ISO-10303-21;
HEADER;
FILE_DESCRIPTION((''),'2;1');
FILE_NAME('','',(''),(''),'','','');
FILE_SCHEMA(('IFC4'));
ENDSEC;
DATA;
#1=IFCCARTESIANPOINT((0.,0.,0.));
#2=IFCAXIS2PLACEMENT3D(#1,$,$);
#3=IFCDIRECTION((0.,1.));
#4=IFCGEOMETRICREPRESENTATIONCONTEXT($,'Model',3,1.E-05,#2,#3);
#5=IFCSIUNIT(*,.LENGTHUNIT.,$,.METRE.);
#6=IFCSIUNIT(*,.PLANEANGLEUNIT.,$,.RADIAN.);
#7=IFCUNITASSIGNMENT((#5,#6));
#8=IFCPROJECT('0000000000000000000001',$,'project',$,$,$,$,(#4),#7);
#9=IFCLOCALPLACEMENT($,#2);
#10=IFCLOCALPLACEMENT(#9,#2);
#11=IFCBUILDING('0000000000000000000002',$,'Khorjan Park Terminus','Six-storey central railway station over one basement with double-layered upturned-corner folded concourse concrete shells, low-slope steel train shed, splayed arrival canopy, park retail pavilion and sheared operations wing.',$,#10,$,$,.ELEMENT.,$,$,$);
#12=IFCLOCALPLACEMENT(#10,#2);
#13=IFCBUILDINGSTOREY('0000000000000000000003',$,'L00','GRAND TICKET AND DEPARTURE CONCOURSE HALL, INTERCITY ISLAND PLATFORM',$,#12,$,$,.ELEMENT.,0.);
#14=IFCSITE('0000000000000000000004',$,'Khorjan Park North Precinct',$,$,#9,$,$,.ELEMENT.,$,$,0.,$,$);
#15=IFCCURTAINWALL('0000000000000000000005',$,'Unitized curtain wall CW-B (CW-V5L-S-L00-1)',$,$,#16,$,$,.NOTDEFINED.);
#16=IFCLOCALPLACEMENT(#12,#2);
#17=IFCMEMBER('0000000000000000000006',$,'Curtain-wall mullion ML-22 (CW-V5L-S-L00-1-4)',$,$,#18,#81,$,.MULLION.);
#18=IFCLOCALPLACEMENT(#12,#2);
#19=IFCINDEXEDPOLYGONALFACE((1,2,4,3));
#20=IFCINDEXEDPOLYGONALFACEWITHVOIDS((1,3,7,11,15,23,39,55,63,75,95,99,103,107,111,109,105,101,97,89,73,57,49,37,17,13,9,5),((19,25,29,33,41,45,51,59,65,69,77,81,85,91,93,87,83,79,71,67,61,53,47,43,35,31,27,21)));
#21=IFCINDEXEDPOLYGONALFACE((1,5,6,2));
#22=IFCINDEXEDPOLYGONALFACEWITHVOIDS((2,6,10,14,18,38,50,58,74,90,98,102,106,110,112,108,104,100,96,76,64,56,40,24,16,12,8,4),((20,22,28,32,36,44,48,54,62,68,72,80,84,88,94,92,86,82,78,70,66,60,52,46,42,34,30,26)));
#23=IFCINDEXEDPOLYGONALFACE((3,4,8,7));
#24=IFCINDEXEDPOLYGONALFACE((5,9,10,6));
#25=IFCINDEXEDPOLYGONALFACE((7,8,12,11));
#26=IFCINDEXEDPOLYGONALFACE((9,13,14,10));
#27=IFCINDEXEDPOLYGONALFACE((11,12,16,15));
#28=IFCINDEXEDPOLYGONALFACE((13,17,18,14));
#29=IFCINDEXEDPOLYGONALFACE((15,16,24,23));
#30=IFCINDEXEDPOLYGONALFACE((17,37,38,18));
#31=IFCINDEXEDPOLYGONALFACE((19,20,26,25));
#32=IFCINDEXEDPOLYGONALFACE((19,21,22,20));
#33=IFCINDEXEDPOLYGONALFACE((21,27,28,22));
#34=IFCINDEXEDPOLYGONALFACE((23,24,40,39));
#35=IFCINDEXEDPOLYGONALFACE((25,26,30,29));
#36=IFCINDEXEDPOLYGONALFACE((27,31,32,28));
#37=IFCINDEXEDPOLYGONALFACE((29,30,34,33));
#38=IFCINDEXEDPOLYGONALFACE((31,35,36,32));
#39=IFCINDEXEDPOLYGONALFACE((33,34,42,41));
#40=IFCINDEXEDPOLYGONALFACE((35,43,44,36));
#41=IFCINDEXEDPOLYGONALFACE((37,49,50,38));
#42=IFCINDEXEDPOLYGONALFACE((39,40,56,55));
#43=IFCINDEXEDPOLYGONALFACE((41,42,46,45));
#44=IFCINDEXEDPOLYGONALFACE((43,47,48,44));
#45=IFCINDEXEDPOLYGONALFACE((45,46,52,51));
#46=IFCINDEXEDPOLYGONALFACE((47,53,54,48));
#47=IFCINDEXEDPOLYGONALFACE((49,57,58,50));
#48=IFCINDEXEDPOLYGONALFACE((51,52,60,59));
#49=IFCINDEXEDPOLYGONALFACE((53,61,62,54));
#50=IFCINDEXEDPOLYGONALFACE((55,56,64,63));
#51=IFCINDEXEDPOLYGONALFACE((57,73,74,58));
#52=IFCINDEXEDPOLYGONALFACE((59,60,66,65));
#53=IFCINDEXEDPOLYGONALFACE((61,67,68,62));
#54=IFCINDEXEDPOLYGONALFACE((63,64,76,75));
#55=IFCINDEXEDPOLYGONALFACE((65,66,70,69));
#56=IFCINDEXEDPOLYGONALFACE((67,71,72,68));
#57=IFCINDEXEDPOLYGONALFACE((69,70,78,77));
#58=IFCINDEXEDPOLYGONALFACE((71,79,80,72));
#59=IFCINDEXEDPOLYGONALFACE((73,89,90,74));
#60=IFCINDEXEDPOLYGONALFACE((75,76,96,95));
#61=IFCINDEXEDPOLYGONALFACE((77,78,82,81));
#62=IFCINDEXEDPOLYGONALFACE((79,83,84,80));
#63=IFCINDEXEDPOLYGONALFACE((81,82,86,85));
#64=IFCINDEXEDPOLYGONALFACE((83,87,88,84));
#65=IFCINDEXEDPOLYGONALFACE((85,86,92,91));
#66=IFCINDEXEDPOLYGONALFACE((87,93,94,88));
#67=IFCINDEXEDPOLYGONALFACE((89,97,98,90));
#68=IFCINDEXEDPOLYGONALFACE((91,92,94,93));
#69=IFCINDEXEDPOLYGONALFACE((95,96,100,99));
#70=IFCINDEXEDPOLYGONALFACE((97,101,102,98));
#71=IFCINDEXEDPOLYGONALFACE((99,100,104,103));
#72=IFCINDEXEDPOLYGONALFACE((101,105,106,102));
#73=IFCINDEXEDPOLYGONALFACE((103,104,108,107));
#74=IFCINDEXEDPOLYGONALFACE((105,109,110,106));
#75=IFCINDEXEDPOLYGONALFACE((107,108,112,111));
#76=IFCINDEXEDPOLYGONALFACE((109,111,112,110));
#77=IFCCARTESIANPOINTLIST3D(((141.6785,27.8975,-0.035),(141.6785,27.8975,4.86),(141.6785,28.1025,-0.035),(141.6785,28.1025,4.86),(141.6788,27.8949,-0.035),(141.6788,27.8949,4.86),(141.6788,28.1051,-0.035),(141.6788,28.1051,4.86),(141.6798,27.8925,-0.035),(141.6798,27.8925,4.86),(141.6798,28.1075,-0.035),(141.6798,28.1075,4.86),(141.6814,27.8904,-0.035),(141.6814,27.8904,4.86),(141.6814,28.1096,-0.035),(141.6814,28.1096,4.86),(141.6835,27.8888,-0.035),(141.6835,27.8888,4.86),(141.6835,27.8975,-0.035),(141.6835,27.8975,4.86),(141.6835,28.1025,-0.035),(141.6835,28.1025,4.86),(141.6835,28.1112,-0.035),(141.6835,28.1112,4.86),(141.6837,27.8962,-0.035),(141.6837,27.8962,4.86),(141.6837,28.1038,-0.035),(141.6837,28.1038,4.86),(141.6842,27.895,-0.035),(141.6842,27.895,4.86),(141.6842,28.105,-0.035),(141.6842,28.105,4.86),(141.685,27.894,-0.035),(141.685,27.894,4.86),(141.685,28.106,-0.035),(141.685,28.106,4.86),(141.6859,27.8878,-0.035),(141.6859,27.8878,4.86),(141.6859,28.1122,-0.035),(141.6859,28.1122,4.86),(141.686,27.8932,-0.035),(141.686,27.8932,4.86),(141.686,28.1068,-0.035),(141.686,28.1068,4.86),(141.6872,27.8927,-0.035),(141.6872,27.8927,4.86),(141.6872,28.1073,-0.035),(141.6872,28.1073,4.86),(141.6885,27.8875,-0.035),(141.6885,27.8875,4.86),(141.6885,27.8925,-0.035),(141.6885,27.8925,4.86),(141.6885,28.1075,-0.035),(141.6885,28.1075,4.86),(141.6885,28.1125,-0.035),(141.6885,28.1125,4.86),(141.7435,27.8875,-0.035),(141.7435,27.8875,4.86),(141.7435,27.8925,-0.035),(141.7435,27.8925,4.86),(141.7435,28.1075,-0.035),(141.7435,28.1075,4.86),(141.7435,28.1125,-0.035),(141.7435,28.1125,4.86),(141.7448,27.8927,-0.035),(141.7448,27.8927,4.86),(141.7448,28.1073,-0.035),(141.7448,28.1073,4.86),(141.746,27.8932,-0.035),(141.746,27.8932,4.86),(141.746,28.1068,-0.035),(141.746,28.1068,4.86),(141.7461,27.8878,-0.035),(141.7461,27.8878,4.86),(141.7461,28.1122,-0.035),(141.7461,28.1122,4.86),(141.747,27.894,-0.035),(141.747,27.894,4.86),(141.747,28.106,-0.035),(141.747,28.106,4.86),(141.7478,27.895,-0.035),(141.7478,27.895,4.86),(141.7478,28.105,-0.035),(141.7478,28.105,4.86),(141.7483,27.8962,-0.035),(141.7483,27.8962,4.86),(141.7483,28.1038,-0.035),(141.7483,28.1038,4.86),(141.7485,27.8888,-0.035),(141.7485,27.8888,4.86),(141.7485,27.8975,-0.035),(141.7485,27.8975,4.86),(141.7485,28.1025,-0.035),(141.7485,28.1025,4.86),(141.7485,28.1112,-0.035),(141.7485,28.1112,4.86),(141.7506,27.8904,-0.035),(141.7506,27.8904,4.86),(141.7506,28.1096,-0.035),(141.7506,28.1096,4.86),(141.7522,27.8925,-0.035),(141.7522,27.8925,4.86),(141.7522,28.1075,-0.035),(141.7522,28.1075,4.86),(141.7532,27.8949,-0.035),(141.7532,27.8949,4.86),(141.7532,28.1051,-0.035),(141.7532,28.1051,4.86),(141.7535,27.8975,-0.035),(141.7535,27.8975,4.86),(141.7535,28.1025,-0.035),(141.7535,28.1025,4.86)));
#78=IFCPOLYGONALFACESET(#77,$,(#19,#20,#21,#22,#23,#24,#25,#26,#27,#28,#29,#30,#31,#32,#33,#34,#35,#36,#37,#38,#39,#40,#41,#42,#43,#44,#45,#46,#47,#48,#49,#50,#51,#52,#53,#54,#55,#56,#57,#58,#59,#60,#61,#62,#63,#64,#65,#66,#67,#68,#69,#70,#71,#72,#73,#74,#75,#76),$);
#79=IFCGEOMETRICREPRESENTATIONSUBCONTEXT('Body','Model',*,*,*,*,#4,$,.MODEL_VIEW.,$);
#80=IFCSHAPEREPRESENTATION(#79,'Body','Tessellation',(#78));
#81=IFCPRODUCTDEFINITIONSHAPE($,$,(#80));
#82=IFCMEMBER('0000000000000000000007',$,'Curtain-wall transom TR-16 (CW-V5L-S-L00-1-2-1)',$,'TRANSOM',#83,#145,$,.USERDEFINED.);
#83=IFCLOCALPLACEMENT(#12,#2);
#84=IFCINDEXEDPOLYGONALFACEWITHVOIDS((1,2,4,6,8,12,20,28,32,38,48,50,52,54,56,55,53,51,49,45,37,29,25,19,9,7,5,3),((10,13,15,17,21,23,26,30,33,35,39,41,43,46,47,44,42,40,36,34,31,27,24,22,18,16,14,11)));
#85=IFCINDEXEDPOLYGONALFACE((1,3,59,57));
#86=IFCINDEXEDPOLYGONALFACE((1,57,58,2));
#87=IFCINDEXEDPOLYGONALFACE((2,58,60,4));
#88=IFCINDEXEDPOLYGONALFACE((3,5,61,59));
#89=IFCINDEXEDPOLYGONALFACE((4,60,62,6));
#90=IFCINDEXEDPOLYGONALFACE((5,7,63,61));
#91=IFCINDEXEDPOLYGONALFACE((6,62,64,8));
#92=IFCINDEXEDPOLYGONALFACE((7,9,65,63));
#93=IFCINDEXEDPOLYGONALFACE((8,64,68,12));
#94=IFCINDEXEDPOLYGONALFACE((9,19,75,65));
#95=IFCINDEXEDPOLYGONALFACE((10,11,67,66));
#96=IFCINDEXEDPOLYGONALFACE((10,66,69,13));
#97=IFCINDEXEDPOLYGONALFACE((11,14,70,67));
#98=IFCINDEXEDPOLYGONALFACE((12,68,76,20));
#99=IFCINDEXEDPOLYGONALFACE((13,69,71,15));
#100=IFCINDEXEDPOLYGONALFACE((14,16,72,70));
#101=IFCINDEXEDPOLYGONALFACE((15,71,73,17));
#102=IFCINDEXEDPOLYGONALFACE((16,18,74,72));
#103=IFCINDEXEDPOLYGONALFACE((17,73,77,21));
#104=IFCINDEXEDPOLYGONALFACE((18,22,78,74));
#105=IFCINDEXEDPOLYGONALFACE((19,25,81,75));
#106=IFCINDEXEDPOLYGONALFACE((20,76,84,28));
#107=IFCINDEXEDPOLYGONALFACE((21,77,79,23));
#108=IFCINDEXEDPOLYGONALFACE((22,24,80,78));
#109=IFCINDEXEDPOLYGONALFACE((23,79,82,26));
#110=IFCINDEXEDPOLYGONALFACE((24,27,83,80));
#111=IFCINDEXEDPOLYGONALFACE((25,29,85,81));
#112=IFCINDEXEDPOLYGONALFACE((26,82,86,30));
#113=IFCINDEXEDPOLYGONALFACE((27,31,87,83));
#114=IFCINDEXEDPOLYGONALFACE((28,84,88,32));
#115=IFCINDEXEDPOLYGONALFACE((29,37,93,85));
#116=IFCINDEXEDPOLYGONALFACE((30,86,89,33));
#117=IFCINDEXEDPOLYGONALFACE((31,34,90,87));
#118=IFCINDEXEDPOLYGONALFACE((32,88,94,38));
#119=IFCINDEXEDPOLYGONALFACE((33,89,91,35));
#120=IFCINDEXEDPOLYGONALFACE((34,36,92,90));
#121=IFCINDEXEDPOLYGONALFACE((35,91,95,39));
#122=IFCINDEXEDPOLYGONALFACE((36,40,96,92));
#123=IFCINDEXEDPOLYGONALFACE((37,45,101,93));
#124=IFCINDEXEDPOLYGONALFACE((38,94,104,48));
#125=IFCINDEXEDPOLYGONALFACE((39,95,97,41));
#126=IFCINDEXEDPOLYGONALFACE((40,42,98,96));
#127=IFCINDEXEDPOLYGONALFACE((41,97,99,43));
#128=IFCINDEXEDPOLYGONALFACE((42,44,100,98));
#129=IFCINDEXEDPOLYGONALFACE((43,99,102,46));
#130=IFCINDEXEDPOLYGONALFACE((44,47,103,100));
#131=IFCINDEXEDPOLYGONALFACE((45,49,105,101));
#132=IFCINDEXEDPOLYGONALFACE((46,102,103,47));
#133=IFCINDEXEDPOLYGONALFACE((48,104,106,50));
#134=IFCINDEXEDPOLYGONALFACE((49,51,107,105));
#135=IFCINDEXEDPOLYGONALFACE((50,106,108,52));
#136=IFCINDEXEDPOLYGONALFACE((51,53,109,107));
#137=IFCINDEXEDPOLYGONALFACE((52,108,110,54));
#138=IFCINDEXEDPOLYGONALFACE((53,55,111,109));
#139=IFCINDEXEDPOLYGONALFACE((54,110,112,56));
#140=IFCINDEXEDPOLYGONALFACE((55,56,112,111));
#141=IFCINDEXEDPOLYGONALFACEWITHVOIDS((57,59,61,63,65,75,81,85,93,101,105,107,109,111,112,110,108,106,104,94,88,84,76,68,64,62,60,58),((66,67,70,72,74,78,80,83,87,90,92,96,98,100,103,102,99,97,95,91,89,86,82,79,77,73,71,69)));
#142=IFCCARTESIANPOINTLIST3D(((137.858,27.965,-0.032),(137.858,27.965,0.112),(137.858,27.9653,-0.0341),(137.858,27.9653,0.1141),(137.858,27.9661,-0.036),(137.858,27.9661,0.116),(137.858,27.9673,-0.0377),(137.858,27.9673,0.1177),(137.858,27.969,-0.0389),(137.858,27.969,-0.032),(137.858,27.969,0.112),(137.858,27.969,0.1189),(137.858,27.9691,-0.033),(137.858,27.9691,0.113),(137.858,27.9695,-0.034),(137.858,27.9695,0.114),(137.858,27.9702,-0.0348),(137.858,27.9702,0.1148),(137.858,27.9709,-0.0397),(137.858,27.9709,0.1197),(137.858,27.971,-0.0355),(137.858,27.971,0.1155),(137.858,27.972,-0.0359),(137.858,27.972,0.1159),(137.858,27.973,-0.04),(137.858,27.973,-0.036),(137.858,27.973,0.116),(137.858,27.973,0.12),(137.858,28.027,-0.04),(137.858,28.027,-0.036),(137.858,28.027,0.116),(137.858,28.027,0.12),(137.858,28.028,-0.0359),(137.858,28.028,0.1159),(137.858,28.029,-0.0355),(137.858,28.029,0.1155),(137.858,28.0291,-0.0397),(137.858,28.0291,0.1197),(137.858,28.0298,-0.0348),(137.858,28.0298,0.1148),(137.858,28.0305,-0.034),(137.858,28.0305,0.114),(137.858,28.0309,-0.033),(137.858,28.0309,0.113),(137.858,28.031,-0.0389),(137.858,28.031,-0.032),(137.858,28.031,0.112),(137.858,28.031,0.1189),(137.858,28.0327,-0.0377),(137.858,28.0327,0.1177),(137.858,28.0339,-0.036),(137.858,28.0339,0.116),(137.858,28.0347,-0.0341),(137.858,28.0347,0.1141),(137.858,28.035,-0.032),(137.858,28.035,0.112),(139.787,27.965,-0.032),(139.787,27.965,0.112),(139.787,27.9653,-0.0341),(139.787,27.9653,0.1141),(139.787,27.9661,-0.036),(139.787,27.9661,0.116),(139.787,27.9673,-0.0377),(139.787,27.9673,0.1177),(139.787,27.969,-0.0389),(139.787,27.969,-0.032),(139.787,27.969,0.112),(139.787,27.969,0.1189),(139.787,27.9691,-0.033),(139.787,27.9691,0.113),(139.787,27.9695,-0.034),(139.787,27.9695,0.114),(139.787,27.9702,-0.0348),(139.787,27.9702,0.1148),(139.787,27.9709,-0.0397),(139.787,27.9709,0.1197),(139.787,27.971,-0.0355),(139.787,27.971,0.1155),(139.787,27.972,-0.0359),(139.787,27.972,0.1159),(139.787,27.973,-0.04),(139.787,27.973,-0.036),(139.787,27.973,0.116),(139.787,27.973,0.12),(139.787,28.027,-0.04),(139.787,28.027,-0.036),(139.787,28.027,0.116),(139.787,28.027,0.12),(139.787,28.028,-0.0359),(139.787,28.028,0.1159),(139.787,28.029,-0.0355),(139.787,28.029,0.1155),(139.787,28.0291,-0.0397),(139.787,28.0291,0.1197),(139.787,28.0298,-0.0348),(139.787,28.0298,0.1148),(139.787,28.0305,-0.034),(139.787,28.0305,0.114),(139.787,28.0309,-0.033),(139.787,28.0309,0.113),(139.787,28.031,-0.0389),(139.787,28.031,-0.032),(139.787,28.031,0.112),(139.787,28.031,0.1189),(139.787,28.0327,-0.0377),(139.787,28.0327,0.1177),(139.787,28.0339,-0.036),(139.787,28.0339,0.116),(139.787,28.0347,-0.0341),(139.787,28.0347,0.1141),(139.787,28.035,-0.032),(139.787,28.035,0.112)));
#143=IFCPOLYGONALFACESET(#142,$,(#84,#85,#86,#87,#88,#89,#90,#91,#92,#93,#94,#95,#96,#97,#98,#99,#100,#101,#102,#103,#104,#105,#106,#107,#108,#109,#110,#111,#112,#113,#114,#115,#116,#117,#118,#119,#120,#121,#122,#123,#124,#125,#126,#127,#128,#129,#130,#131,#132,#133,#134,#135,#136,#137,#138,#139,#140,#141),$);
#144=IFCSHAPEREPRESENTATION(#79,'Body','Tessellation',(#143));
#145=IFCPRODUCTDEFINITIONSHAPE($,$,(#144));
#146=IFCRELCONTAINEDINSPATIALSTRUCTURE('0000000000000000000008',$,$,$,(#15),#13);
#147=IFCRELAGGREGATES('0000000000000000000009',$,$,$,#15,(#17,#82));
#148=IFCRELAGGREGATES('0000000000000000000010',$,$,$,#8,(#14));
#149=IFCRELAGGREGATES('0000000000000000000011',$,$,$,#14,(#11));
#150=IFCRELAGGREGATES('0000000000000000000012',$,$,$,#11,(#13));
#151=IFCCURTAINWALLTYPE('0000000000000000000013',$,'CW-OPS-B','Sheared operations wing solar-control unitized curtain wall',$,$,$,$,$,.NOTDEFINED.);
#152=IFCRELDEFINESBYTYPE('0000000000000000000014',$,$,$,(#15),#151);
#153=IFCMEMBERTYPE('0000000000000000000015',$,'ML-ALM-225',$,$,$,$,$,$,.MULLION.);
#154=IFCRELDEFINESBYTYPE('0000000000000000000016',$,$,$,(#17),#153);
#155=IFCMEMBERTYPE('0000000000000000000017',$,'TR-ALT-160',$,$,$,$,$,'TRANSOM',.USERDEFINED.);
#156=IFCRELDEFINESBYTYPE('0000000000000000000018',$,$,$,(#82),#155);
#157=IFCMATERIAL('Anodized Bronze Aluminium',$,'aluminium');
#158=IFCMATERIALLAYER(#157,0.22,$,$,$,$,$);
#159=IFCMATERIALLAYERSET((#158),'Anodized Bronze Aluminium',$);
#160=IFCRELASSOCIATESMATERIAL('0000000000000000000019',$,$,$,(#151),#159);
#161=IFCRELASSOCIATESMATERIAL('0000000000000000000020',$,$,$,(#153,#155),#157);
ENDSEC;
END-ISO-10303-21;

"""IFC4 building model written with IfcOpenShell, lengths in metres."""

from ifc_helpers import new_model, si_unit, direction, frame, origin, origin_2d, place, context, subcontext, project, spatial, hollow_rectangle, extrude, material, layer, layer_set, material_profile, profile_set, type_object, element, aggregate, save


model = new_model("IFC4")

# Units and contexts
model_context = context("Model", 3, precision=1e-05, world=origin(), true_north=direction((0.0, 1.0)))
body_context = subcontext(model_context, "Body", "Model", "MODEL_VIEW")
ifc_project = project(units=[si_unit("LENGTHUNIT", "METRE"), si_unit("PLANEANGLEUNIT", "RADIAN")], contexts=[model_context])

# Site, building, storey
site_placement = place(None, origin())
site = spatial("IfcSite", under=ifc_project, at=site_placement, Name="Khorjan Park North Precinct", CompositionType="ELEMENT", RefElevation=0.0)
building_placement = place(site_placement, origin())
building = spatial("IfcBuilding", under=site, at=building_placement, Name="Khorjan Park Terminus", Description="Six-storey central railway station over one basement with double-layered upturned-corner folded concourse concrete shells, low-slope steel train shed, splayed arrival canopy, park retail pavilion and sheared operations wing.", CompositionType="ELEMENT")
storey_placement = place(building_placement, origin())
storey = spatial("IfcBuildingStorey", under=building, at=storey_placement, Name="L00", Description="GRAND TICKET AND DEPARTURE CONCOURSE HALL, INTERCITY ISLAND PLATFORM", CompositionType="ELEMENT", Elevation=0.0)

# Curtain wall, members
ifc_material_1 = material(Name="Anodized Bronze Aluminium", Category="aluminium")
ifc_layer_1 = layer(ifc_material_1, 0.22)
ifc_layer_set_1 = layer_set([ifc_layer_1], Name="Anodized Bronze Aluminium")
curtain_wall_type = type_object("IfcCurtainWallType", Name="CW-OPS-B", Description="Sheared operations wing solar-control unitized curtain wall", PredefinedType="NOTDEFINED", material=ifc_layer_set_1)
curtain_wall_placement = place(storey_placement, origin())
curtain_wall = element("IfcCurtainWall", 1, at=curtain_wall_placement, inside=storey, type_object=curtain_wall_type, Name="Unitized curtain wall CW-B (CW-V5L-S-L00-1)", PredefinedType="NOTDEFINED")
ifc_material_profile_1 = material_profile(ifc_material_1, hollow_rectangle(XDim=0.075, YDim=0.225, WallThickness=0.005, InnerFilletRadius=0.005, OuterFilletRadius=0.01, at=origin_2d()), Name="ALM 75x225x5")
ifc_profile_set_1 = profile_set([ifc_material_profile_1], Name="Anodized Bronze Aluminium")
member_type_1 = type_object("IfcMemberType", Name="ML-ALM-225", PredefinedType="MULLION", material=ifc_profile_set_1)
member_1_placement = place(storey_placement, frame((141.716, 28.0, -0.035), z_axis=(0.0, 0.0, 1.0), x_axis=(1.0, 0.0, 0.0)))
member_1 = element("IfcMember", 2, at=member_1_placement, type_object=member_type_1, Name="Curtain-wall mullion ML-22 (CW-V5L-S-L00-1-4)", PredefinedType="MULLION", context=body_context, shape_type="SweptSolid", body=[
    extrude(hollow_rectangle(XDim=0.075, YDim=0.225, WallThickness=0.005, InnerFilletRadius=0.005, OuterFilletRadius=0.01, at=origin_2d()), origin(), (0.0, 0.0, 1.0), 4.895),
])
ifc_material_profile_2 = material_profile(ifc_material_1, hollow_rectangle(XDim=0.07, YDim=0.16, WallThickness=0.004, InnerFilletRadius=0.004, OuterFilletRadius=0.008, at=origin_2d()), Name="ALT 70x160x4")
ifc_profile_set_2 = profile_set([ifc_material_profile_2], Name="Anodized Bronze Aluminium")
member_type_2 = type_object("IfcMemberType", Name="TR-ALT-160", ElementType="TRANSOM", PredefinedType="USERDEFINED", material=ifc_profile_set_2)
member_2_placement = place(storey_placement, frame((137.858, 28.0, 0.04), z_axis=(1.0, 0.0, 0.0), x_axis=(0.0, 1.0, 0.0)))
member_2 = element("IfcMember", 3, at=member_2_placement, type_object=member_type_2, Name="Curtain-wall transom TR-16 (CW-V5L-S-L00-1-2-1)", ObjectType="TRANSOM", PredefinedType="USERDEFINED", context=body_context, shape_type="SweptSolid", body=[
    extrude(hollow_rectangle(XDim=0.07, YDim=0.16, WallThickness=0.004, InnerFilletRadius=0.004, OuterFilletRadius=0.008, at=origin_2d()), origin(), (0.0, 0.0, 1.0), 1.929),
])
aggregate(curtain_wall, [member_1, member_2])

save(model, "model.ifc")
